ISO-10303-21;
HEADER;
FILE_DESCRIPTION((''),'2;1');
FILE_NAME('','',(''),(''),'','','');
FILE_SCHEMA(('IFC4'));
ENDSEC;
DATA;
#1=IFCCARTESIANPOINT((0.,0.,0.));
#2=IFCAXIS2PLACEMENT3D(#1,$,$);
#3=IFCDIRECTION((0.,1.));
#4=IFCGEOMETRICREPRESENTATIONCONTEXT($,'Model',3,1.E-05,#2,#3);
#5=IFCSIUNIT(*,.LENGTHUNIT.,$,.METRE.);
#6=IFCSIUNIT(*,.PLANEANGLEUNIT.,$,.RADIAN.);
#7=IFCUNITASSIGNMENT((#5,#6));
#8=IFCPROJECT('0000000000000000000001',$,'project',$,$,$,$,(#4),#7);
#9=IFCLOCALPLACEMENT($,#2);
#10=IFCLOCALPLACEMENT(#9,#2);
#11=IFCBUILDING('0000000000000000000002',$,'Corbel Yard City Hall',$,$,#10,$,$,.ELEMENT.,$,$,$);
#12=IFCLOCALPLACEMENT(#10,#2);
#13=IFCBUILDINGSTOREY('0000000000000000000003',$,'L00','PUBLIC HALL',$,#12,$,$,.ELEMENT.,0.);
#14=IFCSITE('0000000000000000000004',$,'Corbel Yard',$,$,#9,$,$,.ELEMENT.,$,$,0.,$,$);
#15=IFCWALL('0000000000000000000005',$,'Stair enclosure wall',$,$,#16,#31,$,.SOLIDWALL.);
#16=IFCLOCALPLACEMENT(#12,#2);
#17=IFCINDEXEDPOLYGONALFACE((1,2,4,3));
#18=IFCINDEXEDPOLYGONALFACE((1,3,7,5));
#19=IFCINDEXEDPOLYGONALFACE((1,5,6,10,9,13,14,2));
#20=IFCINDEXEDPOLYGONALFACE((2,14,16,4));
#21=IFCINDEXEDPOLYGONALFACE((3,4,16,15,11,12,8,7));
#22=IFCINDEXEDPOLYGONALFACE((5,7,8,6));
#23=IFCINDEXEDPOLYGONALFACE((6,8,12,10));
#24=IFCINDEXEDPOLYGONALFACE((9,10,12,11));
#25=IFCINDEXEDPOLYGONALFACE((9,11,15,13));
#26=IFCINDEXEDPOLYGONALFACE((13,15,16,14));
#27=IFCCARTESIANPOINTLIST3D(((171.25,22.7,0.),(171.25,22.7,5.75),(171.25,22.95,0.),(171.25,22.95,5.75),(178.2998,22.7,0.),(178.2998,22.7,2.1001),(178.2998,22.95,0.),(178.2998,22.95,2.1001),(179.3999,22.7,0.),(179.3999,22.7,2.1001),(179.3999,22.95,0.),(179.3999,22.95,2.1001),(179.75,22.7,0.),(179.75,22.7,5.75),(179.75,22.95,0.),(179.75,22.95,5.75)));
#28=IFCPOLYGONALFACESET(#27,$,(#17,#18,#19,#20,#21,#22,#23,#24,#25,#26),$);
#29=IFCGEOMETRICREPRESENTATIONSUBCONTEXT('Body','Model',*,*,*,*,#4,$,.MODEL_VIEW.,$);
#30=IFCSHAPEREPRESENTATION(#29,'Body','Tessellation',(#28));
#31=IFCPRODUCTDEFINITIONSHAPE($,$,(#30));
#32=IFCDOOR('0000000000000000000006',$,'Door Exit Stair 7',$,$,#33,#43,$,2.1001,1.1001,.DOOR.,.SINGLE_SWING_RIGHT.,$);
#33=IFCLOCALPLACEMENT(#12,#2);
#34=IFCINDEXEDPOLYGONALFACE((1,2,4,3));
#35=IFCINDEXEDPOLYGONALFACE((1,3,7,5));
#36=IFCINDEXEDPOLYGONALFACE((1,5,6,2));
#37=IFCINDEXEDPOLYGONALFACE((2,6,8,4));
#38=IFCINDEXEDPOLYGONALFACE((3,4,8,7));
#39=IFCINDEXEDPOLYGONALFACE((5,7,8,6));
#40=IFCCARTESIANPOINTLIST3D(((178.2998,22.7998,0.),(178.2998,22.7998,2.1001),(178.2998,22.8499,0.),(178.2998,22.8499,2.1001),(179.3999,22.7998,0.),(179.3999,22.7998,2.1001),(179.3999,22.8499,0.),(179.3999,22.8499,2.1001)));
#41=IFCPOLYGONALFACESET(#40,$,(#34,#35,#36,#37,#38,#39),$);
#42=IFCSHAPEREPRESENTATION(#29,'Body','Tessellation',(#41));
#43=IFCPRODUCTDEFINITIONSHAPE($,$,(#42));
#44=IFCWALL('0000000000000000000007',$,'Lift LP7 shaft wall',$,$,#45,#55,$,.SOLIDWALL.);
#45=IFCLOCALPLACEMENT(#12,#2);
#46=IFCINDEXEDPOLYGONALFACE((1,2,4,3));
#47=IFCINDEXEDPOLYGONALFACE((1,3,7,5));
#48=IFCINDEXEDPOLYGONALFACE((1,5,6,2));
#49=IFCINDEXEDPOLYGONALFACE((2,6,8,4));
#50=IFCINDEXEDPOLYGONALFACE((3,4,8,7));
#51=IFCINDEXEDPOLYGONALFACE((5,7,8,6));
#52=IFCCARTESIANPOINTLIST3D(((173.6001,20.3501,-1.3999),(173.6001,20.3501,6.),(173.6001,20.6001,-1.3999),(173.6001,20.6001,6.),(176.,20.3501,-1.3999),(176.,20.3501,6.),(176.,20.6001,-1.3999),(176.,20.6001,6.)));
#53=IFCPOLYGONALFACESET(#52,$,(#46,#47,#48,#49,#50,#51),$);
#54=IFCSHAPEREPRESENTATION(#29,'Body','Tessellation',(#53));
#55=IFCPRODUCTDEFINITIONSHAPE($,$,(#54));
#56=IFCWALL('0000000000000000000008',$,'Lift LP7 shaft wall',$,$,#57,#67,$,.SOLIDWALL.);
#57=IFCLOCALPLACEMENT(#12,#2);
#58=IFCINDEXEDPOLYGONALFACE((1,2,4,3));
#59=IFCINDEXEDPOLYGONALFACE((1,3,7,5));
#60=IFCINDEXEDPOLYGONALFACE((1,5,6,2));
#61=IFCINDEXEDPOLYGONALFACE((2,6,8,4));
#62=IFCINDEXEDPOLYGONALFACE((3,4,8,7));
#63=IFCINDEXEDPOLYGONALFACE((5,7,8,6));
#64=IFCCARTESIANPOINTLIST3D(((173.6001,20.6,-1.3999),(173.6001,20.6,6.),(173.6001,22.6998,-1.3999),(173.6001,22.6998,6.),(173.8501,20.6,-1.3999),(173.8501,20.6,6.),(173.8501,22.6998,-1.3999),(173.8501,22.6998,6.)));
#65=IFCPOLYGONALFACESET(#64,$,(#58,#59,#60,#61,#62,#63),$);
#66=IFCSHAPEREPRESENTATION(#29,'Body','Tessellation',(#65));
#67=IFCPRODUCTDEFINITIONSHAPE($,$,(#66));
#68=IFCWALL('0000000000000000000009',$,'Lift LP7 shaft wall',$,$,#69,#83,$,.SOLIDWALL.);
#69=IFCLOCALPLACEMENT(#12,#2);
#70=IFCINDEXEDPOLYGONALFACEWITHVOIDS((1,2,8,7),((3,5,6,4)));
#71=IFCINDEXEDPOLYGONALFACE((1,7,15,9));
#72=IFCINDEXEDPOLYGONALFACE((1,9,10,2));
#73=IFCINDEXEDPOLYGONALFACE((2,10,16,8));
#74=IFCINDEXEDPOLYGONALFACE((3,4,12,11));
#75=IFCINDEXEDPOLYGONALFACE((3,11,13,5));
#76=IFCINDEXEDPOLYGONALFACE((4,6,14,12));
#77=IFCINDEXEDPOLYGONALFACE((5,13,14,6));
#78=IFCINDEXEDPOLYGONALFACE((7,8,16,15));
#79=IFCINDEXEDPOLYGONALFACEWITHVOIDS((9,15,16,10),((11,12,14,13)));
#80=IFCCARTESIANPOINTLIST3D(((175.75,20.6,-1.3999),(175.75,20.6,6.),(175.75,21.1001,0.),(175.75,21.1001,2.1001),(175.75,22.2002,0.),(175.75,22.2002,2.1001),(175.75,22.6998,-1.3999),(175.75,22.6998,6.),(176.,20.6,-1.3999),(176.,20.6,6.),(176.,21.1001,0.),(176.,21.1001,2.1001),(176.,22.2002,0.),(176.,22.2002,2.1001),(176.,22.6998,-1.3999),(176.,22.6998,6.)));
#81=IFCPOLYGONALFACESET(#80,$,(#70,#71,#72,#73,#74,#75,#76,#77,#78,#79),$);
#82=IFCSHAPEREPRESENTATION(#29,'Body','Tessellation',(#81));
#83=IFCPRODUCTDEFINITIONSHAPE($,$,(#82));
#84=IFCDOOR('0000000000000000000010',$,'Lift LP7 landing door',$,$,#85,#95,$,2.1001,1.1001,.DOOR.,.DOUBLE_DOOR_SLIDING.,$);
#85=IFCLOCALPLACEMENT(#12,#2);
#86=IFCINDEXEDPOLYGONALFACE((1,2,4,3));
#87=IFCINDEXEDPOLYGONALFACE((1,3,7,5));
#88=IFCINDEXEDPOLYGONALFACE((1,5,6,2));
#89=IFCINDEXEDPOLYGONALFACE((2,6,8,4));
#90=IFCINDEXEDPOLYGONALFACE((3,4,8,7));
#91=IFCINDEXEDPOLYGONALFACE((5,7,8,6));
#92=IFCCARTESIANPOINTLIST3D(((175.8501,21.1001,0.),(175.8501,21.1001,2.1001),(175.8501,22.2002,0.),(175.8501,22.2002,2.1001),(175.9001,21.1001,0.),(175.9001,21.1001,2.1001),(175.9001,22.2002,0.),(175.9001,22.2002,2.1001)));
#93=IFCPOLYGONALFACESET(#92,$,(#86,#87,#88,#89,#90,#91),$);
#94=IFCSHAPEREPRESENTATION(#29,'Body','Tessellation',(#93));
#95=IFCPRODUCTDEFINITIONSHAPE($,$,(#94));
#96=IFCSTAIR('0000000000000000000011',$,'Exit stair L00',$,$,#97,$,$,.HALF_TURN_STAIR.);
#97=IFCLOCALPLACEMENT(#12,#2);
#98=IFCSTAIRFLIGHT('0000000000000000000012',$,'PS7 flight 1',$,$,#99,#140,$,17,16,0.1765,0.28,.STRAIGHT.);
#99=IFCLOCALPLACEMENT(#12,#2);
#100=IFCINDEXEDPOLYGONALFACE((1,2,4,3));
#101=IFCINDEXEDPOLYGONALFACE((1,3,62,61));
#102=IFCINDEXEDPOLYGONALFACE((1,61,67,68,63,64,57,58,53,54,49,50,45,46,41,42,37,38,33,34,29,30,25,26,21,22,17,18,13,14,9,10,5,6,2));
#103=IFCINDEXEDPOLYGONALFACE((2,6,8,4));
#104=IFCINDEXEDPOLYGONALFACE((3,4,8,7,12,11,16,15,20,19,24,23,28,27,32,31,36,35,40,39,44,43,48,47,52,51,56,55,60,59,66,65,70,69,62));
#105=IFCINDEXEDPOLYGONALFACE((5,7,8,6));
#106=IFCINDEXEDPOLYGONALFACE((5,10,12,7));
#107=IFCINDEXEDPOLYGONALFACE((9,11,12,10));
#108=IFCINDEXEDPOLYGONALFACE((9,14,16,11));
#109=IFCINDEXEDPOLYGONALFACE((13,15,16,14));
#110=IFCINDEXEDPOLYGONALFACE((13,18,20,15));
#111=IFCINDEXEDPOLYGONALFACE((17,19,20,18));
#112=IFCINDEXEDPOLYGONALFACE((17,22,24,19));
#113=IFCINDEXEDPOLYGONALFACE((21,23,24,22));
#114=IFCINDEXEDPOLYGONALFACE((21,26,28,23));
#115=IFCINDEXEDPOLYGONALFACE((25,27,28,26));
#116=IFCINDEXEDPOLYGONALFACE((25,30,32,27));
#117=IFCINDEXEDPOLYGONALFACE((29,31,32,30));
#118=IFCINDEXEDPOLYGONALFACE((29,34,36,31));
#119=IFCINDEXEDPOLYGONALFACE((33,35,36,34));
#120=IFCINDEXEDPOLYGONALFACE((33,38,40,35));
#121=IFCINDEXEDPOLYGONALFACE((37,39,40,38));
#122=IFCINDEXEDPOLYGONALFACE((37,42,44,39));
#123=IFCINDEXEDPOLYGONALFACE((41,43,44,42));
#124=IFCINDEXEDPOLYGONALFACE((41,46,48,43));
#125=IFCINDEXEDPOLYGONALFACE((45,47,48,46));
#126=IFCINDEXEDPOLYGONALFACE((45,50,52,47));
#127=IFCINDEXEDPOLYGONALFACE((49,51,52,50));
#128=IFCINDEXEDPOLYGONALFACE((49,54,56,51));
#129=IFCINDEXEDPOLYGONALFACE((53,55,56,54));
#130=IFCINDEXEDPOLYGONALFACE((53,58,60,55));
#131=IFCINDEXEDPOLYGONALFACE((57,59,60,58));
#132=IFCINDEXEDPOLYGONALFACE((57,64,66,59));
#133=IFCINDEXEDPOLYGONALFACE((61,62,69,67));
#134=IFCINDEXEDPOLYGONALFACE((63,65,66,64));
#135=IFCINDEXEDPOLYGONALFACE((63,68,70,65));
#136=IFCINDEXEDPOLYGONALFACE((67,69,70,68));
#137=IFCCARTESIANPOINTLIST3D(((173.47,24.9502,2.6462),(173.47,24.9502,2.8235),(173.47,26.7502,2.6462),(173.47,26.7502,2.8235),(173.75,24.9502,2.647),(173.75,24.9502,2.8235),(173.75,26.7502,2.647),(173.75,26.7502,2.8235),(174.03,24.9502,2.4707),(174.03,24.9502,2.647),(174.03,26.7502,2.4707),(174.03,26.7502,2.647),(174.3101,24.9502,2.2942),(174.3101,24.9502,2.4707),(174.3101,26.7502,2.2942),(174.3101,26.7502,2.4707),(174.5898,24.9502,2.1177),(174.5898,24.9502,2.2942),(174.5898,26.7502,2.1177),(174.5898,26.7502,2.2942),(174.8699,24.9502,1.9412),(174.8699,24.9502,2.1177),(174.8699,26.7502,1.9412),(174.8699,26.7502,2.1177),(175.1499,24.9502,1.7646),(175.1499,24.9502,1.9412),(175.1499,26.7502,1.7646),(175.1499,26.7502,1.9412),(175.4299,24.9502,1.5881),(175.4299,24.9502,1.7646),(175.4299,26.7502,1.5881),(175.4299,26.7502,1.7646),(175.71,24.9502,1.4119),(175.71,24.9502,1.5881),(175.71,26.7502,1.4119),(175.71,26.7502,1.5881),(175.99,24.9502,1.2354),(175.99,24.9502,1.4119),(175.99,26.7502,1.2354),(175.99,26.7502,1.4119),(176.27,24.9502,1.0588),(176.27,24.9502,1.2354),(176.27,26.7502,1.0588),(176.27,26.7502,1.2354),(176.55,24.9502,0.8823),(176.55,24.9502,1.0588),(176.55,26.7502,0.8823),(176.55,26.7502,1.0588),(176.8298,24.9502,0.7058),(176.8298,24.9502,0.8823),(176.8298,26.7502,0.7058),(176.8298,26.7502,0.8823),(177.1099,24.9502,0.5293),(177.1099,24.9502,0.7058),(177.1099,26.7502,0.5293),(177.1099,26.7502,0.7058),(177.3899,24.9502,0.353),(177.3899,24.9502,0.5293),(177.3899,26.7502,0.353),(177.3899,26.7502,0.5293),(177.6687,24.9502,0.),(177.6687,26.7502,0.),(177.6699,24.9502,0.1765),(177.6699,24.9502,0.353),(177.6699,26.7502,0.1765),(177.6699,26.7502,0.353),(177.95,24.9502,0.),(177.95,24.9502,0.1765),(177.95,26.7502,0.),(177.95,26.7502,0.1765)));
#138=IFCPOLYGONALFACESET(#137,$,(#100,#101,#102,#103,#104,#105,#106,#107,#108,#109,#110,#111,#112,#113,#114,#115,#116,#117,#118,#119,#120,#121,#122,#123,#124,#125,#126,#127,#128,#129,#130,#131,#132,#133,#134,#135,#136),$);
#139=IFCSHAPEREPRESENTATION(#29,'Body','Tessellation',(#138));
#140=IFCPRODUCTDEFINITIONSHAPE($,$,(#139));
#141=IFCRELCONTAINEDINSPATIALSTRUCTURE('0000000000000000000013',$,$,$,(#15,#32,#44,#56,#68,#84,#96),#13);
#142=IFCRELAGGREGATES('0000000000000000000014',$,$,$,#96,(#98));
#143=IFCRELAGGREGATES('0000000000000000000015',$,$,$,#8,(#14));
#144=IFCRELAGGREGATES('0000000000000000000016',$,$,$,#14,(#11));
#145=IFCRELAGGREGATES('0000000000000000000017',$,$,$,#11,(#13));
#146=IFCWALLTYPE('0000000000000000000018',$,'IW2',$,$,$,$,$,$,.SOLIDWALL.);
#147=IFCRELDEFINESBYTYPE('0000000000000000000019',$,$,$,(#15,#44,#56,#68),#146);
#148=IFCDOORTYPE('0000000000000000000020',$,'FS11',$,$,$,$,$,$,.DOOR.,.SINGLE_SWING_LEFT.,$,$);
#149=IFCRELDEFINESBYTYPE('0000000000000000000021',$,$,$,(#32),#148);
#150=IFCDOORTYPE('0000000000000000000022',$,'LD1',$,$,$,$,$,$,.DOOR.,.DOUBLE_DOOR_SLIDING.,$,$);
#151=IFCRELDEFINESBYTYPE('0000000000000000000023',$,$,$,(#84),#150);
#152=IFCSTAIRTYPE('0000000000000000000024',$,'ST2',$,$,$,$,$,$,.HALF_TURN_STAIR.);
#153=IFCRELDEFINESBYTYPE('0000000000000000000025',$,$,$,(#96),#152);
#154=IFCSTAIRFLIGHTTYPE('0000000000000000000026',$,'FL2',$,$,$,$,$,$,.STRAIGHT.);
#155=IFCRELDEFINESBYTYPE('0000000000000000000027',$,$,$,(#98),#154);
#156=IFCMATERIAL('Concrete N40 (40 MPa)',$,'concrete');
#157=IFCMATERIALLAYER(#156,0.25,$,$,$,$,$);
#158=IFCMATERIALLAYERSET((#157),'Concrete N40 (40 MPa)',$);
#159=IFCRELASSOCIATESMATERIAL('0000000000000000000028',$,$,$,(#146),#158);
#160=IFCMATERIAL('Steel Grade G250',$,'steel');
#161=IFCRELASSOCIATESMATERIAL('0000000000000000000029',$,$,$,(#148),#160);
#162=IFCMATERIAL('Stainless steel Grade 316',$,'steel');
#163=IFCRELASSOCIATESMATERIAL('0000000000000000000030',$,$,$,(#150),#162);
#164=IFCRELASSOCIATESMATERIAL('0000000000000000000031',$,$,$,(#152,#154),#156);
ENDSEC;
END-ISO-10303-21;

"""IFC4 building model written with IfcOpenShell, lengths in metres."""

from ifc_helpers import new_model, si_unit, direction, frame, frame_2d, origin, place, context, subcontext, project, spatial, polyline, rectangle, outline, extrude, material, layer, layer_set, type_object, element, fill, aggregate, save


model = new_model("IFC4")

# Units and contexts
model_context = context("Model", 3, precision=1e-05, world=origin(), true_north=direction((0.0, 1.0)))
body_context = subcontext(model_context, "Body", "Model", "MODEL_VIEW")
ifc_project = project(units=[si_unit("LENGTHUNIT", "METRE"), si_unit("PLANEANGLEUNIT", "RADIAN")], contexts=[model_context])

# Site, building, storey
site_placement = place(None, origin())
site = spatial("IfcSite", under=ifc_project, at=site_placement, Name="Corbel Yard", CompositionType="ELEMENT", RefElevation=0.0)
building_placement = place(site_placement, origin())
building = spatial("IfcBuilding", under=site, at=building_placement, Name="Corbel Yard City Hall", CompositionType="ELEMENT")
storey_placement = place(building_placement, origin())
storey = spatial("IfcBuildingStorey", under=building, at=storey_placement, Name="L00", Description="PUBLIC HALL", CompositionType="ELEMENT", Elevation=0.0)

# Shared definitions
ifc_material_1 = material(Name="Concrete N40 (40 MPa)", Category="concrete")

# Wall, opening, door
ifc_layer_1 = layer(ifc_material_1, 0.25)
ifc_layer_set_1 = layer_set([ifc_layer_1], Name="Concrete N40 (40 MPa)")
wall_type_1 = type_object("IfcWallType", Name="IW2", PredefinedType="SOLIDWALL", material=ifc_layer_set_1)
wall_1_placement = place(storey_placement, frame((179.75, 22.825, 0.0), z_axis=(0.0, 0.0, 1.0), x_axis=(-1.0, 0.0, 0.0)))
wall_1 = element("IfcWall", 1, at=wall_1_placement, inside=storey, type_object=wall_type_1, Name="Stair enclosure wall", PredefinedType="SOLIDWALL", context=body_context, shape_type="SweptSolid", body=[
    extrude(rectangle(XDim=8.5, YDim=0.25, at=frame_2d((4.25, 0.0))), origin(), (0.0, 0.0, 1.0), 5.75),
])
opening_1_placement = place(wall_1_placement, frame((0.3501, 0.0, 0.0)))
opening_1 = element("IfcOpeningElement", 2, at=opening_1_placement, cuts=wall_1, PredefinedType="OPENING", context=body_context, shape_type="SweptSolid", body=[
    extrude(rectangle(XDim=1.1001, YDim=2.1001, at=frame_2d((0.55, 1.05))), frame((0.0, 0.135, 0.0), z_axis=(0.0, -1.0, 0.0), x_axis=(1.0, 0.0, 0.0)), (0.0, 0.0, 1.0), 0.27),
])
ifc_material_2 = material(Name="Steel Grade G250", Category="steel")
door_type_1 = type_object("IfcDoorType", Name="FS11", OperationType="SINGLE_SWING_LEFT", PredefinedType="DOOR", material=ifc_material_2)
door_1_placement = place(opening_1_placement, frame((1.1001, 0.0, 0.0), z_axis=(0.0, 0.0, 1.0), x_axis=(-1.0, 0.0, 0.0)))
door_1 = element("IfcDoor", 3, at=door_1_placement, inside=storey, type_object=door_type_1, Name="Door Exit Stair 7", OperationType="SINGLE_SWING_RIGHT", OverallHeight=2.1001, OverallWidth=1.1001, PredefinedType="DOOR", context=body_context, shape_type="SweptSolid", body=[
    extrude(rectangle(XDim=1.1001, YDim=2.1001, at=frame_2d((0.55, 1.05))), frame((0.0, 0.0249, 0.0), z_axis=(0.0, -1.0, 0.0), x_axis=(1.0, 0.0, 0.0)), (0.0, 0.0, 1.0), 0.05),
])
fill(opening_1, door_1)

# Walls
wall_2_placement = place(storey_placement, frame((173.6001, 20.4751, -1.3999), z_axis=(0.0, 0.0, 1.0), x_axis=(1.0, 0.0, 0.0)))
element("IfcWall", 4, at=wall_2_placement, inside=storey, type_object=wall_type_1, Name="Lift LP7 shaft wall", PredefinedType="SOLIDWALL", context=body_context, shape_type="SweptSolid", body=[
    extrude(rectangle(XDim=2.3999, YDim=0.25, at=frame_2d((1.2, 0.0))), origin(), (0.0, 0.0, 1.0), 7.3999),
])
wall_3_placement = place(storey_placement, frame((173.7251, 20.6001, -1.3999), z_axis=(0.0, 0.0, 1.0), x_axis=(0.0, 1.0, 0.0)))
element("IfcWall", 5, at=wall_3_placement, inside=storey, type_object=wall_type_1, Name="Lift LP7 shaft wall", PredefinedType="SOLIDWALL", context=body_context, shape_type="SweptSolid", body=[
    extrude(rectangle(XDim=2.0999, YDim=0.25, at=frame_2d((1.0498, 0.0))), origin(), (0.0, 0.0, 1.0), 7.3999),
])

# Wall, opening, door
wall_4_placement = place(storey_placement, frame((175.875, 20.6001, -1.3999), z_axis=(0.0, 0.0, 1.0), x_axis=(0.0, 1.0, 0.0)))
wall_4 = element("IfcWall", 6, at=wall_4_placement, inside=storey, type_object=wall_type_1, Name="Lift LP7 shaft wall", PredefinedType="SOLIDWALL", context=body_context, shape_type="SweptSolid", body=[
    extrude(rectangle(XDim=2.0999, YDim=0.25, at=frame_2d((1.0498, 0.0))), origin(), (0.0, 0.0, 1.0), 7.3999),
])
opening_2_placement = place(wall_4_placement, frame((0.5, 0.0, 1.3999)))
opening_2 = element("IfcOpeningElement", 7, at=opening_2_placement, cuts=wall_4, PredefinedType="OPENING", context=body_context, shape_type="SweptSolid", body=[
    extrude(rectangle(XDim=1.1001, YDim=2.1001, at=frame_2d((0.55, 1.05))), frame((0.0, 0.135, 0.0), z_axis=(0.0, -1.0, 0.0), x_axis=(1.0, 0.0, 0.0)), (0.0, 0.0, 1.0), 0.27),
])
ifc_material_3 = material(Name="Stainless steel Grade 316", Category="steel")
door_type_2 = type_object("IfcDoorType", Name="LD1", OperationType="DOUBLE_DOOR_SLIDING", PredefinedType="DOOR", material=ifc_material_3)
door_2_placement = place(opening_2_placement, origin())
door_2 = element("IfcDoor", 8, at=door_2_placement, inside=storey, type_object=door_type_2, Name="Lift LP7 landing door", OperationType="DOUBLE_DOOR_SLIDING", OverallHeight=2.1001, OverallWidth=1.1001, PredefinedType="DOOR", context=body_context, shape_type="SweptSolid", body=[
    extrude(rectangle(XDim=1.1001, YDim=2.1001, at=frame_2d((0.55, 1.05))), frame((0.0, 0.0249, 0.0), z_axis=(0.0, -1.0, 0.0), x_axis=(1.0, 0.0, 0.0)), (0.0, 0.0, 1.0), 0.05),
])
fill(opening_2, door_2)

# Stair, stair flight
stair_type = type_object("IfcStairType", Name="ST2", PredefinedType="HALF_TURN_STAIR", material=ifc_material_1)
stair_placement = place(storey_placement, origin())
stair = element("IfcStair", 9, at=stair_placement, inside=storey, type_object=stair_type, Name="Exit stair L00", PredefinedType="HALF_TURN_STAIR")
stair_flight_type = type_object("IfcStairFlightType", Name="FL2", PredefinedType="STRAIGHT", material=ifc_material_1)
stair_flight_1_placement = place(storey_placement, frame((177.95, 25.8501, 0.0), z_axis=(0.0, 0.0, 1.0), x_axis=(-1.0, 0.0, 0.0)))
stair_flight_1 = element("IfcStairFlight", 10, at=stair_flight_1_placement, type_object=stair_flight_type, Name="PS7 flight 1", NumberOfRisers=17, NumberOfTreads=16, PredefinedType="STRAIGHT", RiserHeight=0.1765, TreadLength=0.28, context=body_context, shape_type="SweptSolid", body=[
    extrude(outline(polyline([(0.0, 0.0), (0.0, 0.1765), (0.28, 0.1765), (0.28, 0.353), (0.5601, 0.353), (0.5601, 0.5293), (0.8401, 0.5293), (0.8401, 0.7058), (1.1201, 0.7058), (1.1201, 0.8823), (1.3999, 0.8823), (1.3999, 1.0588), (1.6799, 1.0588), (1.6799, 1.2354), (1.96, 1.2354), (1.96, 1.4119), (2.24, 1.4119), (2.24, 1.5881), (2.52, 1.5881), (2.52, 1.7646), (2.8, 1.7646), (2.8, 1.9412), (3.0801, 1.9412), (3.0801, 2.1177), (3.3601, 2.1177), (3.3601, 2.2942), (3.6399, 2.2942), (3.6399, 2.4707), (3.9199, 2.4707), (3.9199, 2.647), (4.2, 2.647), (4.2, 2.8235), (4.48, 2.8235), (4.48, 3.0), (4.48, 2.6462), (0.2812, 0.0), (0.0, 0.0)])), frame((0.0, 0.8999, 0.0), z_axis=(0.0, -1.0, 0.0), x_axis=(1.0, 0.0, 0.0)), (0.0, 0.0, 1.0), 1.8),
])
aggregate(stair, [stair_flight_1])

save(model, "model.ifc")
